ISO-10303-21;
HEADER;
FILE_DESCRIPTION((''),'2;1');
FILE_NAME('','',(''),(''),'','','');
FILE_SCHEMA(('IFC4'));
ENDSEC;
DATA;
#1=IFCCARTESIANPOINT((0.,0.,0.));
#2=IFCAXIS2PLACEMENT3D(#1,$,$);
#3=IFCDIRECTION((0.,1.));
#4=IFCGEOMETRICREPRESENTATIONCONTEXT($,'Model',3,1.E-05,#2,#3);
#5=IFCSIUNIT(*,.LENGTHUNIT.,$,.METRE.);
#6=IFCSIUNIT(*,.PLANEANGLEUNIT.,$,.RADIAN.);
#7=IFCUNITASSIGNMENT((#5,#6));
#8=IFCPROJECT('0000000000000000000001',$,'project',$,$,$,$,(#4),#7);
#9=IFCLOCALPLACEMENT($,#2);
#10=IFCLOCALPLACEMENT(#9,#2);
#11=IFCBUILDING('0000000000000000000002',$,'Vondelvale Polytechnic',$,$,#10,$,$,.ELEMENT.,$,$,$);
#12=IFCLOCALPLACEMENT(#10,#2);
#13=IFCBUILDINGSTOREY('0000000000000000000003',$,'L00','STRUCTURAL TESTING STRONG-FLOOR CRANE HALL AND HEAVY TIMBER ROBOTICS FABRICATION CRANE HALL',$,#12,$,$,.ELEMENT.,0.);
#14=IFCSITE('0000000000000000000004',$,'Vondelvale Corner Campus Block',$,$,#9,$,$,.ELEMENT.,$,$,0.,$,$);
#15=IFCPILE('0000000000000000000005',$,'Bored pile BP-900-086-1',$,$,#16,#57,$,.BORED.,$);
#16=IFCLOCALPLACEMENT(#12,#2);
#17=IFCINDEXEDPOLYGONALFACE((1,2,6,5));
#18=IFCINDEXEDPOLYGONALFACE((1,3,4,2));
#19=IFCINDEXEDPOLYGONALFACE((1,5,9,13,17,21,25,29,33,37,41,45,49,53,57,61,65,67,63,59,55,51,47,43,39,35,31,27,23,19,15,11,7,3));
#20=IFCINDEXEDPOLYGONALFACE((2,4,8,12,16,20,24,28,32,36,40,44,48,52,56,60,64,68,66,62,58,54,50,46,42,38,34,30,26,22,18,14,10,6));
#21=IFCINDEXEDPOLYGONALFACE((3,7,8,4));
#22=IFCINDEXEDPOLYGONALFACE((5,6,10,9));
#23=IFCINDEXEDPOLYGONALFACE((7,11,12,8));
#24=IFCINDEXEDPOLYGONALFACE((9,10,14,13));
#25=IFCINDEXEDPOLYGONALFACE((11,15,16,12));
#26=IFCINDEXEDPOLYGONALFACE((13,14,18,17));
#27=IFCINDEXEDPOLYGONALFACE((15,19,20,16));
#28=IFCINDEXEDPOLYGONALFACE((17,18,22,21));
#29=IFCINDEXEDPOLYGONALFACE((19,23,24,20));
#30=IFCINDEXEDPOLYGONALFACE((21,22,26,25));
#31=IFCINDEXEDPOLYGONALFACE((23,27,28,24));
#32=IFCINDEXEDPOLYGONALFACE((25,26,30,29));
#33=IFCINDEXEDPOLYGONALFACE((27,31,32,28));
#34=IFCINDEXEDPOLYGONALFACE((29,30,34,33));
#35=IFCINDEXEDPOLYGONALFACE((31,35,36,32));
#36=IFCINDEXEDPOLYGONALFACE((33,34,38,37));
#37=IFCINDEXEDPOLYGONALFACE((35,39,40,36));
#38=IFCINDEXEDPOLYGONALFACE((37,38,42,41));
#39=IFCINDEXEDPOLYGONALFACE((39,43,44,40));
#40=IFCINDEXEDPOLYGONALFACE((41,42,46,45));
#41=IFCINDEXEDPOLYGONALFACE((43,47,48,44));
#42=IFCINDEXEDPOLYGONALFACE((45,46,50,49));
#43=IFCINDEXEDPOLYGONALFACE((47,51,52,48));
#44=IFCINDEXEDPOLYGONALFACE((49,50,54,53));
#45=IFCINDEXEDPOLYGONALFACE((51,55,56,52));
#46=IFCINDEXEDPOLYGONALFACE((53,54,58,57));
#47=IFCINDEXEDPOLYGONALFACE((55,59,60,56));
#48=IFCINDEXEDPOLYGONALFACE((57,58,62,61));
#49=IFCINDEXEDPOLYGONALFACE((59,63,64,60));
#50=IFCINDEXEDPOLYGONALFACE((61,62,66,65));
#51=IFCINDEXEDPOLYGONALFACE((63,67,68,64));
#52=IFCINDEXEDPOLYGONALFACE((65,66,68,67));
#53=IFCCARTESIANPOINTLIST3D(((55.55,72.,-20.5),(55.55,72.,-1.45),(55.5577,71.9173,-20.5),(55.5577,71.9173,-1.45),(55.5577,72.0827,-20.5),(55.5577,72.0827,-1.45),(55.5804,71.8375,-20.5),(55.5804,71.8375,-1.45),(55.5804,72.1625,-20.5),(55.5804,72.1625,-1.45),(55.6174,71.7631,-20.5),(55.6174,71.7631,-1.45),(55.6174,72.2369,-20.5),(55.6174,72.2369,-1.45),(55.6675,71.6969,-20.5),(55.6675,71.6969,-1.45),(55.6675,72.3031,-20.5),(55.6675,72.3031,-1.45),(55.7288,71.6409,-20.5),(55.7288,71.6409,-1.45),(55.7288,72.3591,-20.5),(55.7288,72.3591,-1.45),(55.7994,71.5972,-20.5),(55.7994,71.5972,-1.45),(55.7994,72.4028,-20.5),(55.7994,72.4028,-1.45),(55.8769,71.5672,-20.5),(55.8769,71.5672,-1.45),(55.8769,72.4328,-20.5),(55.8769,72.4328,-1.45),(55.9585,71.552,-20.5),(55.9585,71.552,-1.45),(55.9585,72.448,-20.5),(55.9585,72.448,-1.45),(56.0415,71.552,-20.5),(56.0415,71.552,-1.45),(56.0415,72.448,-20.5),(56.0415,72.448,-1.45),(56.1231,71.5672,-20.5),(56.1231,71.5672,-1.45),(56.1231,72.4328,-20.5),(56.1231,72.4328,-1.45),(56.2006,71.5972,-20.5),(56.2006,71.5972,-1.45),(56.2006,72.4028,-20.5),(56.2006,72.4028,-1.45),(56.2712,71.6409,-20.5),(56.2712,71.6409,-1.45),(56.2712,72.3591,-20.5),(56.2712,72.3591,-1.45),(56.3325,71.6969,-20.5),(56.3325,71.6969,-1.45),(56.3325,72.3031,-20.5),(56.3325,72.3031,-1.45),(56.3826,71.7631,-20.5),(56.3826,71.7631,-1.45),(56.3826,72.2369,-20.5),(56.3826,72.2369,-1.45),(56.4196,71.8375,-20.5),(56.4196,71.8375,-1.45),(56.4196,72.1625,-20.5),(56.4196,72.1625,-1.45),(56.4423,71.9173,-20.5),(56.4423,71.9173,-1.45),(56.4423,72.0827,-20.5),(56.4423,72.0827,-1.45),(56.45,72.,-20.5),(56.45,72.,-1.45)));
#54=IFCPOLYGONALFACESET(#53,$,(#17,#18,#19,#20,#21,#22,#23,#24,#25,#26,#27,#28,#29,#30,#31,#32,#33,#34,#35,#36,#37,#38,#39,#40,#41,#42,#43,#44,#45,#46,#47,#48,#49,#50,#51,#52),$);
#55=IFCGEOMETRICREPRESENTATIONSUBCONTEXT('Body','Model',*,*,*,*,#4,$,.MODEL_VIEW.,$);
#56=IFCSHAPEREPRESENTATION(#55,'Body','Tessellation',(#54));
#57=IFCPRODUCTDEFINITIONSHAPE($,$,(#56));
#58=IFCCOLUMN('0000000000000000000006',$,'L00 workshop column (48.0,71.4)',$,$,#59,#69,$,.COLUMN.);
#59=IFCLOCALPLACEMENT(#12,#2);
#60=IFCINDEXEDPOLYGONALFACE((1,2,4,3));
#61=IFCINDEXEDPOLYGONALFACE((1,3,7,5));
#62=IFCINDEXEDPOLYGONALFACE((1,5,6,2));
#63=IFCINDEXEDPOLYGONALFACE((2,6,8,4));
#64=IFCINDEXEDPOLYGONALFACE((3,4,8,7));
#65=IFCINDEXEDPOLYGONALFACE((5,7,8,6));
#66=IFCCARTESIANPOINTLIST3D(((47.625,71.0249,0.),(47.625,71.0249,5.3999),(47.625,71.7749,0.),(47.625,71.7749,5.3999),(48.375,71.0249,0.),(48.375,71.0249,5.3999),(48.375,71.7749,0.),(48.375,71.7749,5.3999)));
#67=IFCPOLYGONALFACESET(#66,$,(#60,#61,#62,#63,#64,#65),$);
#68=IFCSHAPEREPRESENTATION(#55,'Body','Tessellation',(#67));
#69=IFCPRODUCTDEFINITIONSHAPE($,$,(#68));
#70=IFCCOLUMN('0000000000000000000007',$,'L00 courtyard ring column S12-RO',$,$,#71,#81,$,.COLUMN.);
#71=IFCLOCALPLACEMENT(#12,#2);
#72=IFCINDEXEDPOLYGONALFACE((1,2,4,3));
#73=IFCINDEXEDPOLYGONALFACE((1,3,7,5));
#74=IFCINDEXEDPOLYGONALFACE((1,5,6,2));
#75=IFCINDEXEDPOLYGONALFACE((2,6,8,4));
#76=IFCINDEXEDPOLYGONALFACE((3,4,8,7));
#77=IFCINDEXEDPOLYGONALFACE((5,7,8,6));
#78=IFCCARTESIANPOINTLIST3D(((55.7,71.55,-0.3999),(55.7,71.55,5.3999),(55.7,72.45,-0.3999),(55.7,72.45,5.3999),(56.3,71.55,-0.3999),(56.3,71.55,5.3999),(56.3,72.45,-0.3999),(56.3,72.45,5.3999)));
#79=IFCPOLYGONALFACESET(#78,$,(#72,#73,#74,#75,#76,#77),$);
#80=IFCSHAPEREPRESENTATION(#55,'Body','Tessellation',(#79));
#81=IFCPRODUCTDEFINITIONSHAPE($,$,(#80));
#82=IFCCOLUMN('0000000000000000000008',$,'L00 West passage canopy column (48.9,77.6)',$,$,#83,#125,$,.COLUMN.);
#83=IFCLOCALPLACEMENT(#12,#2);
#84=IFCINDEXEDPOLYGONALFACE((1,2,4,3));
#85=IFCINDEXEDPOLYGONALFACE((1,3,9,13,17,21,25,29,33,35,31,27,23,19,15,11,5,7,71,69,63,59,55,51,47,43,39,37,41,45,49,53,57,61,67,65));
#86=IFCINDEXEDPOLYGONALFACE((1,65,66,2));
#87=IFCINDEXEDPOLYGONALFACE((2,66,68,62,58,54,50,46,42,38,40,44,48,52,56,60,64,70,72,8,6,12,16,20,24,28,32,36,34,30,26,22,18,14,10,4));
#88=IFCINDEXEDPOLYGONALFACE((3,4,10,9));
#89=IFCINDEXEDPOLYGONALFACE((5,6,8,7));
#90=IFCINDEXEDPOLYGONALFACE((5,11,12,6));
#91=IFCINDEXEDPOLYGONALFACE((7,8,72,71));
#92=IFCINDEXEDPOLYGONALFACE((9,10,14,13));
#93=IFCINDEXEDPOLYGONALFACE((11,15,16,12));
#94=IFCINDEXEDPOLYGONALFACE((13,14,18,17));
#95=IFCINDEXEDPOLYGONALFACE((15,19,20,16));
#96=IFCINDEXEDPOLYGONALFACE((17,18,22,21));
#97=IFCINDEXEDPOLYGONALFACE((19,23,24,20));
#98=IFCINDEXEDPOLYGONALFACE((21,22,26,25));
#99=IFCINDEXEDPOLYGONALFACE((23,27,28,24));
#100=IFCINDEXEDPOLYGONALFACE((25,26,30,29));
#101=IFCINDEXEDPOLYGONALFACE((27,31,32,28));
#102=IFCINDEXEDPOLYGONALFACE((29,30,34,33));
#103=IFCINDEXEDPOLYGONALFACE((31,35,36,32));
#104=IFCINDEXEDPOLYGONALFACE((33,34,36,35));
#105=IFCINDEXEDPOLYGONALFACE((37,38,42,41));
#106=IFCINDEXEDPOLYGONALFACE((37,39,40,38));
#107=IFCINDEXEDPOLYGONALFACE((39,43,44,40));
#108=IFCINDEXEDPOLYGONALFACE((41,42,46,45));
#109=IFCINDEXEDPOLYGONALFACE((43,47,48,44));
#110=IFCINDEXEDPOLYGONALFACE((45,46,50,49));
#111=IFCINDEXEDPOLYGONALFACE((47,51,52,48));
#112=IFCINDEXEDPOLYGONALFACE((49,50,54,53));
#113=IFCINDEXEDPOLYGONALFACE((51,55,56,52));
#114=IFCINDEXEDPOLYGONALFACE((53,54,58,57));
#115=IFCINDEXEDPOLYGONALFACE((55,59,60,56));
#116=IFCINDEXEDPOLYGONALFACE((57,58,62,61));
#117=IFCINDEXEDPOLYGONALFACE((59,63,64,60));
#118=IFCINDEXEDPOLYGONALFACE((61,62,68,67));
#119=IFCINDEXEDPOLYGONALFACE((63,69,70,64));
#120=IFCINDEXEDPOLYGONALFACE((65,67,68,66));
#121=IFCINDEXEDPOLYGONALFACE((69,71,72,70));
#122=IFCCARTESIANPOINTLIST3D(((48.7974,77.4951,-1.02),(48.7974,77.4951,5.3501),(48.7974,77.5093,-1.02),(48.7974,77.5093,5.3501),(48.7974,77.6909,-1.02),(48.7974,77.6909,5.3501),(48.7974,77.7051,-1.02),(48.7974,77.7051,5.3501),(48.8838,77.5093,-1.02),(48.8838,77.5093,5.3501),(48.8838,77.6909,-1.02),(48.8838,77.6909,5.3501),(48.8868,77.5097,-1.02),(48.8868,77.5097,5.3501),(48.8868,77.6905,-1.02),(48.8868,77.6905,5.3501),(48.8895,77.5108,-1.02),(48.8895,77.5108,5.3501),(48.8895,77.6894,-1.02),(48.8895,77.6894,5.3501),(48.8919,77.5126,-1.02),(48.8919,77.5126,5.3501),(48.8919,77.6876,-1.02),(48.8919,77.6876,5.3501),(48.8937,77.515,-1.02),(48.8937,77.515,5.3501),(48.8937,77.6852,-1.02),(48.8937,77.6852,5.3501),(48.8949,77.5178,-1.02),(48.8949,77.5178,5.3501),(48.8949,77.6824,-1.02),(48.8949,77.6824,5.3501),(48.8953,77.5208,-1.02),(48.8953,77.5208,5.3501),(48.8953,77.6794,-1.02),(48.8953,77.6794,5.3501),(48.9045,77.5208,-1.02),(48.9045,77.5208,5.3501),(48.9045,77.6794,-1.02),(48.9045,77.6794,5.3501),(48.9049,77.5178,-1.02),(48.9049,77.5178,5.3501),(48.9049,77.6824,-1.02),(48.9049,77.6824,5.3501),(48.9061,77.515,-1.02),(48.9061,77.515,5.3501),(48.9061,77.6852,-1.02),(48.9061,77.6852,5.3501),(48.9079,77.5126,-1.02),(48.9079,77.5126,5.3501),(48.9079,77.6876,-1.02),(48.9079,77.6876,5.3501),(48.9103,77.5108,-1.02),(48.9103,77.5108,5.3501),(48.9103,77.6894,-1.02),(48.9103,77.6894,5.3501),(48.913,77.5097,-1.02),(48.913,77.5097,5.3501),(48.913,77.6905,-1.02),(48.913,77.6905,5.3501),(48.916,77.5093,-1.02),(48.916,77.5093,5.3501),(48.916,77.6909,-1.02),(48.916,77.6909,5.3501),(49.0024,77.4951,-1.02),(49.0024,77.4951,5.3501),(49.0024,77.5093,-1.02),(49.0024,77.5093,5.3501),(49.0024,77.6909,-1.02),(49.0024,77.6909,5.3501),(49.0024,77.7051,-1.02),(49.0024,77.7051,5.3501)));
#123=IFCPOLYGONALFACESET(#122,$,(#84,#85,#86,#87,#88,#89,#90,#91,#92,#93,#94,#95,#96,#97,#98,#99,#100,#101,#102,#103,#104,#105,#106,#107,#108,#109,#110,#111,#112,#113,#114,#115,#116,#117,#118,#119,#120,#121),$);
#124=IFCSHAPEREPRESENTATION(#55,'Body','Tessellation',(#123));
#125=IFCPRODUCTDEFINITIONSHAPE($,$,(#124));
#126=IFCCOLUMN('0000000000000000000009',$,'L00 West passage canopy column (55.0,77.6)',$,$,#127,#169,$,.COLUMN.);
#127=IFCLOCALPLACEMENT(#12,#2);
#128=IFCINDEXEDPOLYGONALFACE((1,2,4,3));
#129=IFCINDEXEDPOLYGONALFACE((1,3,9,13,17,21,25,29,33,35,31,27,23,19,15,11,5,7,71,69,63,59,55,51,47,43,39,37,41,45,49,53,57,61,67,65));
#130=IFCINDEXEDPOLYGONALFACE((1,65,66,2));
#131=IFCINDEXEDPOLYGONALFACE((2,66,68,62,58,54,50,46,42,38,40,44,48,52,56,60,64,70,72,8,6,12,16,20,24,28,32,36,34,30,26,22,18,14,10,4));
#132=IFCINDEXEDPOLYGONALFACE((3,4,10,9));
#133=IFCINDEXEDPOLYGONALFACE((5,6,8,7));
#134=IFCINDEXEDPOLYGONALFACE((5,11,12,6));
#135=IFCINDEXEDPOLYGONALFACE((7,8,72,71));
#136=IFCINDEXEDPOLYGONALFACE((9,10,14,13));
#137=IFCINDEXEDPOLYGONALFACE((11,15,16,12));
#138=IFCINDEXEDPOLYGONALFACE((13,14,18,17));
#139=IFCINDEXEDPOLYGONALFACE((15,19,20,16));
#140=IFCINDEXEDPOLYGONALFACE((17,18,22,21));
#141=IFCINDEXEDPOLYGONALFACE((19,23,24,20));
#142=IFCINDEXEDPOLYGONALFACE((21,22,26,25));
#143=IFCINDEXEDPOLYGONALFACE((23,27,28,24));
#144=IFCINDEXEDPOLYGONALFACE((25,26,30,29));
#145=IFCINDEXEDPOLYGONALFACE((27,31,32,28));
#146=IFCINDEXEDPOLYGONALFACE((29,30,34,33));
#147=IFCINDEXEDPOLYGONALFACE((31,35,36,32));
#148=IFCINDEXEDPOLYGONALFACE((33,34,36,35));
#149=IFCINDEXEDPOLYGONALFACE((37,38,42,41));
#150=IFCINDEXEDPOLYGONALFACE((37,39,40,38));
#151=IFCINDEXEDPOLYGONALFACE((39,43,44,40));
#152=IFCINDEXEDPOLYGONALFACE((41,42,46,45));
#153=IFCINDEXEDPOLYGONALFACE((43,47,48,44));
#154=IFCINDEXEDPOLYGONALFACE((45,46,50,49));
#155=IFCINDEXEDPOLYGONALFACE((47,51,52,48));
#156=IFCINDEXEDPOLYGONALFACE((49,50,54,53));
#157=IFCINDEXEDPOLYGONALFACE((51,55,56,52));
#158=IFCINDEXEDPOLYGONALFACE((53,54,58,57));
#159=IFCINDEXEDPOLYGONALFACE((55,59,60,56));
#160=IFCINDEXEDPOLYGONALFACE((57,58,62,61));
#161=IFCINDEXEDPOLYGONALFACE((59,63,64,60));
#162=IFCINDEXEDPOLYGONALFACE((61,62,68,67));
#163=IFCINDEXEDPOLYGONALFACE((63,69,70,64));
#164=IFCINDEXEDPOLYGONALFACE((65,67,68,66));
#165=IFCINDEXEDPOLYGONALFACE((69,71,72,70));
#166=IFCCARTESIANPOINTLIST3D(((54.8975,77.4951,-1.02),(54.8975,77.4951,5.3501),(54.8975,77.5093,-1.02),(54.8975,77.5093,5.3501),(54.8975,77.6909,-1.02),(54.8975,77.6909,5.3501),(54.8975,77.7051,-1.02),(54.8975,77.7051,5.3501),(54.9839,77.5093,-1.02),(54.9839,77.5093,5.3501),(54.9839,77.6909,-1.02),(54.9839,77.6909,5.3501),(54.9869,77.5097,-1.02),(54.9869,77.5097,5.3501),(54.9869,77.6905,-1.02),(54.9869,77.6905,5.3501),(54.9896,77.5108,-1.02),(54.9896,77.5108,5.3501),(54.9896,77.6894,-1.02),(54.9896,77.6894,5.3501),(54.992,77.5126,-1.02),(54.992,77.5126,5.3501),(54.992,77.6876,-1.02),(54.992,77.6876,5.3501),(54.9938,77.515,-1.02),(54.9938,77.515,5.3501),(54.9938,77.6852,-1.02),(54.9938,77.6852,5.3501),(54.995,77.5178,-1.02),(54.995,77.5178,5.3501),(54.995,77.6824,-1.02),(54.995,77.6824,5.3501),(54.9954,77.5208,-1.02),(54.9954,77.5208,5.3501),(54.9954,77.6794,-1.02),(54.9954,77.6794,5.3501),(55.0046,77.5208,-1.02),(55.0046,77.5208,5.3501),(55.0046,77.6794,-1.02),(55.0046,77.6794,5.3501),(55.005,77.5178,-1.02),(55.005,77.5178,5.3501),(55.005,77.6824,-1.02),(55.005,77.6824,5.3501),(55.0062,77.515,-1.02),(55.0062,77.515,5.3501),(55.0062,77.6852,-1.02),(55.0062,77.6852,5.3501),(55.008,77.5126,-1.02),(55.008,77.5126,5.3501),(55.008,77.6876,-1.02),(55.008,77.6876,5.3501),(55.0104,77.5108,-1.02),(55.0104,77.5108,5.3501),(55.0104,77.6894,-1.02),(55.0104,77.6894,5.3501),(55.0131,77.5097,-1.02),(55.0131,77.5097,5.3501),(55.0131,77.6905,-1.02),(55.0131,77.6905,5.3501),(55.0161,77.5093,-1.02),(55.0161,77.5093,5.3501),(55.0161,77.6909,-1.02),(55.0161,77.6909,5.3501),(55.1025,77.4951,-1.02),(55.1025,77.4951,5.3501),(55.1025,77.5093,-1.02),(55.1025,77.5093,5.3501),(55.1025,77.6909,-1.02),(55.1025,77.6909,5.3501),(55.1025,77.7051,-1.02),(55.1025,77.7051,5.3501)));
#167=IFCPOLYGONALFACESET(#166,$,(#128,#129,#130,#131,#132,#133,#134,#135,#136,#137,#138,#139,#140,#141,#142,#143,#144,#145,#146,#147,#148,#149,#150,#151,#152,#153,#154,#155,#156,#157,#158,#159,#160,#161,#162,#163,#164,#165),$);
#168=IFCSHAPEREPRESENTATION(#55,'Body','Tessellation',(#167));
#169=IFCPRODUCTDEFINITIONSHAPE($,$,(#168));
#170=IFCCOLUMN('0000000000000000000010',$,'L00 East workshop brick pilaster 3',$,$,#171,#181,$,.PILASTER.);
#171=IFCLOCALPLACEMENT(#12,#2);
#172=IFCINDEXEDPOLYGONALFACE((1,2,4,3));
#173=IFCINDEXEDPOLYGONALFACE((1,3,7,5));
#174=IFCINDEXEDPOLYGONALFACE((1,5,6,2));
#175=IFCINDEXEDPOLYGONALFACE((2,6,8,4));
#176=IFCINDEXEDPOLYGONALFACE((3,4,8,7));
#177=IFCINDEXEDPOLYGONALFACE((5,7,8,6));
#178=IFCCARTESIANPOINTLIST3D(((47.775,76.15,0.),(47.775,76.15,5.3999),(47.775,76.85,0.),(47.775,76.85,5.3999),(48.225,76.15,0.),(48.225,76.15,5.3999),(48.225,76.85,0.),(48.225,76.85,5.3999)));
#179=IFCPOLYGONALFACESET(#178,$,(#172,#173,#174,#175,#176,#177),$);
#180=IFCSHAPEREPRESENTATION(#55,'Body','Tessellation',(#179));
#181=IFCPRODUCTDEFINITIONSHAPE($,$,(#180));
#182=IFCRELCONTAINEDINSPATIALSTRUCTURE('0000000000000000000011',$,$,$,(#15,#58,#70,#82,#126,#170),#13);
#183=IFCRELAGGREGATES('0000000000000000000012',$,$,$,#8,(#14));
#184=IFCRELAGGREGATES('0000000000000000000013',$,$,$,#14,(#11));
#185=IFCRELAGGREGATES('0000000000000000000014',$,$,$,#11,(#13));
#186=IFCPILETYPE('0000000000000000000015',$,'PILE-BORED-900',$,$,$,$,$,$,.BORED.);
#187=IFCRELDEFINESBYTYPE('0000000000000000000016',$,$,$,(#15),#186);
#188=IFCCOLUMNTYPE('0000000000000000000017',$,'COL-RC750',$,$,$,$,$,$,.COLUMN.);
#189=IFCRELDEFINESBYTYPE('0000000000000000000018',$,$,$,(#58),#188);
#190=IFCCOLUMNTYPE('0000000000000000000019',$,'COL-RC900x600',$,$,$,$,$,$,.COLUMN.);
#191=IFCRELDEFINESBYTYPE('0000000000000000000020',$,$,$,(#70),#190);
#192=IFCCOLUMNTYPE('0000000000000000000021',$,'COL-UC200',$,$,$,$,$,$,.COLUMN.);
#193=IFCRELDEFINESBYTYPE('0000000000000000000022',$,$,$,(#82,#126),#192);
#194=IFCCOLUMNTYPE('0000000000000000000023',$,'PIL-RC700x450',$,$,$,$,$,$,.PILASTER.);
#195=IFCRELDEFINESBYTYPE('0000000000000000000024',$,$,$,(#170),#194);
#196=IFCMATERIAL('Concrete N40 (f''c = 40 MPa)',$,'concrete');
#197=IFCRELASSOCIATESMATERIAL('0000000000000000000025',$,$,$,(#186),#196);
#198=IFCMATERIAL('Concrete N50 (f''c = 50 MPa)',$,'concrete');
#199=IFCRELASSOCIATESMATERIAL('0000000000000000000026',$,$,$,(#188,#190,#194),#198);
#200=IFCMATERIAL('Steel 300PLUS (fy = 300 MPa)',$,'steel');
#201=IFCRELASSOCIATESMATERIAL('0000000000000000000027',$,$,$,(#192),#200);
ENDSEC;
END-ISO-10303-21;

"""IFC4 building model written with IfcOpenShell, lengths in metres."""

from ifc_helpers import new_model, si_unit, direction, frame, origin, origin_2d, place, context, subcontext, project, spatial, rectangle, circle, i_section, extrude, material, material_profile, profile_set, type_object, element, save


model = new_model("IFC4")

# Units and contexts
model_context = context("Model", 3, precision=1e-05, world=origin(), true_north=direction((0.0, 1.0)))
body_context = subcontext(model_context, "Body", "Model", "MODEL_VIEW")
ifc_project = project(units=[si_unit("LENGTHUNIT", "METRE"), si_unit("PLANEANGLEUNIT", "RADIAN")], contexts=[model_context])

# Site, building, storey
site_placement = place(None, origin())
site = spatial("IfcSite", under=ifc_project, at=site_placement, Name="Vondelvale Corner Campus Block", CompositionType="ELEMENT", RefElevation=0.0)
building_placement = place(site_placement, origin())
building = spatial("IfcBuilding", under=site, at=building_placement, Name="Vondelvale Polytechnic", CompositionType="ELEMENT")
storey_placement = place(building_placement, origin())
storey = spatial("IfcBuildingStorey", under=building, at=storey_placement, Name="L00", Description="STRUCTURAL TESTING STRONG-FLOOR CRANE HALL AND HEAVY TIMBER ROBOTICS FABRICATION CRANE HALL", CompositionType="ELEMENT", Elevation=0.0)

# Shared definitions
ifc_material_1 = material(Name="Concrete N40 (f'c = 40 MPa)", Category="concrete")

# Pile
ifc_material_profile_1 = material_profile(ifc_material_1, circle(Radius=0.45, at=origin_2d()), Name="PILE-D900")
ifc_profile_set_1 = profile_set([ifc_material_profile_1], Name="Concrete N40 (f'c = 40 MPa)")
pile_type_1 = type_object("IfcPileType", Name="PILE-BORED-900", PredefinedType="BORED", material=ifc_profile_set_1)
pile_placement = place(storey_placement, frame((56.0, 72.0, -1.45), z_axis=(0.0, 0.0, -1.0), x_axis=(1.0, 0.0, 0.0)))
element("IfcPile", 1, at=pile_placement, inside=storey, type_object=pile_type_1, Name="Bored pile BP-900-086-1", PredefinedType="BORED", context=body_context, shape_type="SweptSolid", body=[
    extrude(circle(Radius=0.45, at=origin_2d()), origin(), (0.0, 0.0, 1.0), 19.05),
])

# Columns
ifc_material_2 = material(Name="Concrete N50 (f'c = 50 MPa)", Category="concrete")
ifc_material_profile_2 = material_profile(ifc_material_2, rectangle(XDim=0.75, YDim=0.75, at=origin_2d()), Name="RC-COL-750x750")
ifc_profile_set_2 = profile_set([ifc_material_profile_2], Name="Concrete N50 (f'c = 50 MPa)")
column_type_1 = type_object("IfcColumnType", Name="COL-RC750", PredefinedType="COLUMN", material=ifc_profile_set_2)
column_1_placement = place(storey_placement, frame((48.0, 71.3999, 0.0), z_axis=(0.0, 0.0, 1.0), x_axis=(1.0, 0.0, 0.0)))
element("IfcColumn", 2, at=column_1_placement, inside=storey, type_object=column_type_1, Name="L00 workshop column (48.0,71.4)", PredefinedType="COLUMN", context=body_context, shape_type="SweptSolid", body=[
    extrude(rectangle(XDim=0.75, YDim=0.75, at=origin_2d()), origin(), (0.0, 0.0, 1.0), 5.3999),
])
ifc_material_profile_3 = material_profile(ifc_material_2, rectangle(XDim=0.6001, YDim=0.8999, at=origin_2d()), Name="RC-COL-900x600")
ifc_profile_set_3 = profile_set([ifc_material_profile_3], Name="Concrete N50 (f'c = 50 MPa)")
column_type_2 = type_object("IfcColumnType", Name="COL-RC900x600", PredefinedType="COLUMN", material=ifc_profile_set_3)
column_2_placement = place(storey_placement, frame((56.0, 72.0, -0.3999), z_axis=(0.0, 0.0, 1.0), x_axis=(1.0, 0.0, 0.0)))
element("IfcColumn", 3, at=column_2_placement, inside=storey, type_object=column_type_2, Name="L00 courtyard ring column S12-RO", PredefinedType="COLUMN", context=body_context, shape_type="SweptSolid", body=[
    extrude(rectangle(XDim=0.6001, YDim=0.8999, at=origin_2d()), origin(), (0.0, 0.0, 1.0), 5.7998),
])
ifc_material_3 = material(Name="Steel 300PLUS (fy = 300 MPa)", Category="steel")
ifc_material_profile_4 = material_profile(ifc_material_3, i_section(OverallWidth=0.2051, OverallDepth=0.21, WebThickness=0.0093, FlangeThickness=0.0142, FilletRadius=0.0115, at=origin_2d()), Name="200UC59.5")
ifc_profile_set_4 = profile_set([ifc_material_profile_4], Name="Steel 300PLUS (fy = 300 MPa)")
column_type_3 = type_object("IfcColumnType", Name="COL-UC200", PredefinedType="COLUMN", material=ifc_profile_set_4)
for number, where, z_axis, x_axis, name in (
    (4, (48.8999, 77.6001, -1.02), (0.0, 0.0, 1.0), (1.0, 0.0, 0.0), "L00 West passage canopy column (48.9,77.6)"),
    (5, (55.0, 77.6001, -1.02), (0.0, 0.0, 1.0), (1.0, 0.0, 0.0), "L00 West passage canopy column (55.0,77.6)"),
):
    element("IfcColumn", number, at=place(storey_placement, frame(where, z_axis=z_axis, x_axis=x_axis)), inside=storey, type_object=column_type_3, Name=name, PredefinedType="COLUMN", context=body_context, shape_type="SweptSolid", body=[
        extrude(i_section(OverallWidth=0.2051, OverallDepth=0.21, WebThickness=0.0093, FlangeThickness=0.0142, FilletRadius=0.0115, at=origin_2d()), origin(), (0.0, 0.0, 1.0), 6.3701),
    ])
ifc_material_profile_5 = material_profile(ifc_material_2, rectangle(XDim=0.45, YDim=0.7, at=origin_2d()), Name="RC-PIL-700x450")
ifc_profile_set_5 = profile_set([ifc_material_profile_5], Name="Concrete N50 (f'c = 50 MPa)")
column_type_4 = type_object("IfcColumnType", Name="PIL-RC700x450", PredefinedType="PILASTER", material=ifc_profile_set_5)
column_3_placement = place(storey_placement, frame((48.0, 76.5, 0.0), z_axis=(0.0, 0.0, 1.0), x_axis=(1.0, 0.0, 0.0)))
element("IfcColumn", 6, at=column_3_placement, inside=storey, type_object=column_type_4, Name="L00 East workshop brick pilaster 3", PredefinedType="PILASTER", context=body_context, shape_type="SweptSolid", body=[
    extrude(rectangle(XDim=0.45, YDim=0.7, at=origin_2d()), origin(), (0.0, 0.0, 1.0), 5.3999),
])

save(model, "model.ifc")
